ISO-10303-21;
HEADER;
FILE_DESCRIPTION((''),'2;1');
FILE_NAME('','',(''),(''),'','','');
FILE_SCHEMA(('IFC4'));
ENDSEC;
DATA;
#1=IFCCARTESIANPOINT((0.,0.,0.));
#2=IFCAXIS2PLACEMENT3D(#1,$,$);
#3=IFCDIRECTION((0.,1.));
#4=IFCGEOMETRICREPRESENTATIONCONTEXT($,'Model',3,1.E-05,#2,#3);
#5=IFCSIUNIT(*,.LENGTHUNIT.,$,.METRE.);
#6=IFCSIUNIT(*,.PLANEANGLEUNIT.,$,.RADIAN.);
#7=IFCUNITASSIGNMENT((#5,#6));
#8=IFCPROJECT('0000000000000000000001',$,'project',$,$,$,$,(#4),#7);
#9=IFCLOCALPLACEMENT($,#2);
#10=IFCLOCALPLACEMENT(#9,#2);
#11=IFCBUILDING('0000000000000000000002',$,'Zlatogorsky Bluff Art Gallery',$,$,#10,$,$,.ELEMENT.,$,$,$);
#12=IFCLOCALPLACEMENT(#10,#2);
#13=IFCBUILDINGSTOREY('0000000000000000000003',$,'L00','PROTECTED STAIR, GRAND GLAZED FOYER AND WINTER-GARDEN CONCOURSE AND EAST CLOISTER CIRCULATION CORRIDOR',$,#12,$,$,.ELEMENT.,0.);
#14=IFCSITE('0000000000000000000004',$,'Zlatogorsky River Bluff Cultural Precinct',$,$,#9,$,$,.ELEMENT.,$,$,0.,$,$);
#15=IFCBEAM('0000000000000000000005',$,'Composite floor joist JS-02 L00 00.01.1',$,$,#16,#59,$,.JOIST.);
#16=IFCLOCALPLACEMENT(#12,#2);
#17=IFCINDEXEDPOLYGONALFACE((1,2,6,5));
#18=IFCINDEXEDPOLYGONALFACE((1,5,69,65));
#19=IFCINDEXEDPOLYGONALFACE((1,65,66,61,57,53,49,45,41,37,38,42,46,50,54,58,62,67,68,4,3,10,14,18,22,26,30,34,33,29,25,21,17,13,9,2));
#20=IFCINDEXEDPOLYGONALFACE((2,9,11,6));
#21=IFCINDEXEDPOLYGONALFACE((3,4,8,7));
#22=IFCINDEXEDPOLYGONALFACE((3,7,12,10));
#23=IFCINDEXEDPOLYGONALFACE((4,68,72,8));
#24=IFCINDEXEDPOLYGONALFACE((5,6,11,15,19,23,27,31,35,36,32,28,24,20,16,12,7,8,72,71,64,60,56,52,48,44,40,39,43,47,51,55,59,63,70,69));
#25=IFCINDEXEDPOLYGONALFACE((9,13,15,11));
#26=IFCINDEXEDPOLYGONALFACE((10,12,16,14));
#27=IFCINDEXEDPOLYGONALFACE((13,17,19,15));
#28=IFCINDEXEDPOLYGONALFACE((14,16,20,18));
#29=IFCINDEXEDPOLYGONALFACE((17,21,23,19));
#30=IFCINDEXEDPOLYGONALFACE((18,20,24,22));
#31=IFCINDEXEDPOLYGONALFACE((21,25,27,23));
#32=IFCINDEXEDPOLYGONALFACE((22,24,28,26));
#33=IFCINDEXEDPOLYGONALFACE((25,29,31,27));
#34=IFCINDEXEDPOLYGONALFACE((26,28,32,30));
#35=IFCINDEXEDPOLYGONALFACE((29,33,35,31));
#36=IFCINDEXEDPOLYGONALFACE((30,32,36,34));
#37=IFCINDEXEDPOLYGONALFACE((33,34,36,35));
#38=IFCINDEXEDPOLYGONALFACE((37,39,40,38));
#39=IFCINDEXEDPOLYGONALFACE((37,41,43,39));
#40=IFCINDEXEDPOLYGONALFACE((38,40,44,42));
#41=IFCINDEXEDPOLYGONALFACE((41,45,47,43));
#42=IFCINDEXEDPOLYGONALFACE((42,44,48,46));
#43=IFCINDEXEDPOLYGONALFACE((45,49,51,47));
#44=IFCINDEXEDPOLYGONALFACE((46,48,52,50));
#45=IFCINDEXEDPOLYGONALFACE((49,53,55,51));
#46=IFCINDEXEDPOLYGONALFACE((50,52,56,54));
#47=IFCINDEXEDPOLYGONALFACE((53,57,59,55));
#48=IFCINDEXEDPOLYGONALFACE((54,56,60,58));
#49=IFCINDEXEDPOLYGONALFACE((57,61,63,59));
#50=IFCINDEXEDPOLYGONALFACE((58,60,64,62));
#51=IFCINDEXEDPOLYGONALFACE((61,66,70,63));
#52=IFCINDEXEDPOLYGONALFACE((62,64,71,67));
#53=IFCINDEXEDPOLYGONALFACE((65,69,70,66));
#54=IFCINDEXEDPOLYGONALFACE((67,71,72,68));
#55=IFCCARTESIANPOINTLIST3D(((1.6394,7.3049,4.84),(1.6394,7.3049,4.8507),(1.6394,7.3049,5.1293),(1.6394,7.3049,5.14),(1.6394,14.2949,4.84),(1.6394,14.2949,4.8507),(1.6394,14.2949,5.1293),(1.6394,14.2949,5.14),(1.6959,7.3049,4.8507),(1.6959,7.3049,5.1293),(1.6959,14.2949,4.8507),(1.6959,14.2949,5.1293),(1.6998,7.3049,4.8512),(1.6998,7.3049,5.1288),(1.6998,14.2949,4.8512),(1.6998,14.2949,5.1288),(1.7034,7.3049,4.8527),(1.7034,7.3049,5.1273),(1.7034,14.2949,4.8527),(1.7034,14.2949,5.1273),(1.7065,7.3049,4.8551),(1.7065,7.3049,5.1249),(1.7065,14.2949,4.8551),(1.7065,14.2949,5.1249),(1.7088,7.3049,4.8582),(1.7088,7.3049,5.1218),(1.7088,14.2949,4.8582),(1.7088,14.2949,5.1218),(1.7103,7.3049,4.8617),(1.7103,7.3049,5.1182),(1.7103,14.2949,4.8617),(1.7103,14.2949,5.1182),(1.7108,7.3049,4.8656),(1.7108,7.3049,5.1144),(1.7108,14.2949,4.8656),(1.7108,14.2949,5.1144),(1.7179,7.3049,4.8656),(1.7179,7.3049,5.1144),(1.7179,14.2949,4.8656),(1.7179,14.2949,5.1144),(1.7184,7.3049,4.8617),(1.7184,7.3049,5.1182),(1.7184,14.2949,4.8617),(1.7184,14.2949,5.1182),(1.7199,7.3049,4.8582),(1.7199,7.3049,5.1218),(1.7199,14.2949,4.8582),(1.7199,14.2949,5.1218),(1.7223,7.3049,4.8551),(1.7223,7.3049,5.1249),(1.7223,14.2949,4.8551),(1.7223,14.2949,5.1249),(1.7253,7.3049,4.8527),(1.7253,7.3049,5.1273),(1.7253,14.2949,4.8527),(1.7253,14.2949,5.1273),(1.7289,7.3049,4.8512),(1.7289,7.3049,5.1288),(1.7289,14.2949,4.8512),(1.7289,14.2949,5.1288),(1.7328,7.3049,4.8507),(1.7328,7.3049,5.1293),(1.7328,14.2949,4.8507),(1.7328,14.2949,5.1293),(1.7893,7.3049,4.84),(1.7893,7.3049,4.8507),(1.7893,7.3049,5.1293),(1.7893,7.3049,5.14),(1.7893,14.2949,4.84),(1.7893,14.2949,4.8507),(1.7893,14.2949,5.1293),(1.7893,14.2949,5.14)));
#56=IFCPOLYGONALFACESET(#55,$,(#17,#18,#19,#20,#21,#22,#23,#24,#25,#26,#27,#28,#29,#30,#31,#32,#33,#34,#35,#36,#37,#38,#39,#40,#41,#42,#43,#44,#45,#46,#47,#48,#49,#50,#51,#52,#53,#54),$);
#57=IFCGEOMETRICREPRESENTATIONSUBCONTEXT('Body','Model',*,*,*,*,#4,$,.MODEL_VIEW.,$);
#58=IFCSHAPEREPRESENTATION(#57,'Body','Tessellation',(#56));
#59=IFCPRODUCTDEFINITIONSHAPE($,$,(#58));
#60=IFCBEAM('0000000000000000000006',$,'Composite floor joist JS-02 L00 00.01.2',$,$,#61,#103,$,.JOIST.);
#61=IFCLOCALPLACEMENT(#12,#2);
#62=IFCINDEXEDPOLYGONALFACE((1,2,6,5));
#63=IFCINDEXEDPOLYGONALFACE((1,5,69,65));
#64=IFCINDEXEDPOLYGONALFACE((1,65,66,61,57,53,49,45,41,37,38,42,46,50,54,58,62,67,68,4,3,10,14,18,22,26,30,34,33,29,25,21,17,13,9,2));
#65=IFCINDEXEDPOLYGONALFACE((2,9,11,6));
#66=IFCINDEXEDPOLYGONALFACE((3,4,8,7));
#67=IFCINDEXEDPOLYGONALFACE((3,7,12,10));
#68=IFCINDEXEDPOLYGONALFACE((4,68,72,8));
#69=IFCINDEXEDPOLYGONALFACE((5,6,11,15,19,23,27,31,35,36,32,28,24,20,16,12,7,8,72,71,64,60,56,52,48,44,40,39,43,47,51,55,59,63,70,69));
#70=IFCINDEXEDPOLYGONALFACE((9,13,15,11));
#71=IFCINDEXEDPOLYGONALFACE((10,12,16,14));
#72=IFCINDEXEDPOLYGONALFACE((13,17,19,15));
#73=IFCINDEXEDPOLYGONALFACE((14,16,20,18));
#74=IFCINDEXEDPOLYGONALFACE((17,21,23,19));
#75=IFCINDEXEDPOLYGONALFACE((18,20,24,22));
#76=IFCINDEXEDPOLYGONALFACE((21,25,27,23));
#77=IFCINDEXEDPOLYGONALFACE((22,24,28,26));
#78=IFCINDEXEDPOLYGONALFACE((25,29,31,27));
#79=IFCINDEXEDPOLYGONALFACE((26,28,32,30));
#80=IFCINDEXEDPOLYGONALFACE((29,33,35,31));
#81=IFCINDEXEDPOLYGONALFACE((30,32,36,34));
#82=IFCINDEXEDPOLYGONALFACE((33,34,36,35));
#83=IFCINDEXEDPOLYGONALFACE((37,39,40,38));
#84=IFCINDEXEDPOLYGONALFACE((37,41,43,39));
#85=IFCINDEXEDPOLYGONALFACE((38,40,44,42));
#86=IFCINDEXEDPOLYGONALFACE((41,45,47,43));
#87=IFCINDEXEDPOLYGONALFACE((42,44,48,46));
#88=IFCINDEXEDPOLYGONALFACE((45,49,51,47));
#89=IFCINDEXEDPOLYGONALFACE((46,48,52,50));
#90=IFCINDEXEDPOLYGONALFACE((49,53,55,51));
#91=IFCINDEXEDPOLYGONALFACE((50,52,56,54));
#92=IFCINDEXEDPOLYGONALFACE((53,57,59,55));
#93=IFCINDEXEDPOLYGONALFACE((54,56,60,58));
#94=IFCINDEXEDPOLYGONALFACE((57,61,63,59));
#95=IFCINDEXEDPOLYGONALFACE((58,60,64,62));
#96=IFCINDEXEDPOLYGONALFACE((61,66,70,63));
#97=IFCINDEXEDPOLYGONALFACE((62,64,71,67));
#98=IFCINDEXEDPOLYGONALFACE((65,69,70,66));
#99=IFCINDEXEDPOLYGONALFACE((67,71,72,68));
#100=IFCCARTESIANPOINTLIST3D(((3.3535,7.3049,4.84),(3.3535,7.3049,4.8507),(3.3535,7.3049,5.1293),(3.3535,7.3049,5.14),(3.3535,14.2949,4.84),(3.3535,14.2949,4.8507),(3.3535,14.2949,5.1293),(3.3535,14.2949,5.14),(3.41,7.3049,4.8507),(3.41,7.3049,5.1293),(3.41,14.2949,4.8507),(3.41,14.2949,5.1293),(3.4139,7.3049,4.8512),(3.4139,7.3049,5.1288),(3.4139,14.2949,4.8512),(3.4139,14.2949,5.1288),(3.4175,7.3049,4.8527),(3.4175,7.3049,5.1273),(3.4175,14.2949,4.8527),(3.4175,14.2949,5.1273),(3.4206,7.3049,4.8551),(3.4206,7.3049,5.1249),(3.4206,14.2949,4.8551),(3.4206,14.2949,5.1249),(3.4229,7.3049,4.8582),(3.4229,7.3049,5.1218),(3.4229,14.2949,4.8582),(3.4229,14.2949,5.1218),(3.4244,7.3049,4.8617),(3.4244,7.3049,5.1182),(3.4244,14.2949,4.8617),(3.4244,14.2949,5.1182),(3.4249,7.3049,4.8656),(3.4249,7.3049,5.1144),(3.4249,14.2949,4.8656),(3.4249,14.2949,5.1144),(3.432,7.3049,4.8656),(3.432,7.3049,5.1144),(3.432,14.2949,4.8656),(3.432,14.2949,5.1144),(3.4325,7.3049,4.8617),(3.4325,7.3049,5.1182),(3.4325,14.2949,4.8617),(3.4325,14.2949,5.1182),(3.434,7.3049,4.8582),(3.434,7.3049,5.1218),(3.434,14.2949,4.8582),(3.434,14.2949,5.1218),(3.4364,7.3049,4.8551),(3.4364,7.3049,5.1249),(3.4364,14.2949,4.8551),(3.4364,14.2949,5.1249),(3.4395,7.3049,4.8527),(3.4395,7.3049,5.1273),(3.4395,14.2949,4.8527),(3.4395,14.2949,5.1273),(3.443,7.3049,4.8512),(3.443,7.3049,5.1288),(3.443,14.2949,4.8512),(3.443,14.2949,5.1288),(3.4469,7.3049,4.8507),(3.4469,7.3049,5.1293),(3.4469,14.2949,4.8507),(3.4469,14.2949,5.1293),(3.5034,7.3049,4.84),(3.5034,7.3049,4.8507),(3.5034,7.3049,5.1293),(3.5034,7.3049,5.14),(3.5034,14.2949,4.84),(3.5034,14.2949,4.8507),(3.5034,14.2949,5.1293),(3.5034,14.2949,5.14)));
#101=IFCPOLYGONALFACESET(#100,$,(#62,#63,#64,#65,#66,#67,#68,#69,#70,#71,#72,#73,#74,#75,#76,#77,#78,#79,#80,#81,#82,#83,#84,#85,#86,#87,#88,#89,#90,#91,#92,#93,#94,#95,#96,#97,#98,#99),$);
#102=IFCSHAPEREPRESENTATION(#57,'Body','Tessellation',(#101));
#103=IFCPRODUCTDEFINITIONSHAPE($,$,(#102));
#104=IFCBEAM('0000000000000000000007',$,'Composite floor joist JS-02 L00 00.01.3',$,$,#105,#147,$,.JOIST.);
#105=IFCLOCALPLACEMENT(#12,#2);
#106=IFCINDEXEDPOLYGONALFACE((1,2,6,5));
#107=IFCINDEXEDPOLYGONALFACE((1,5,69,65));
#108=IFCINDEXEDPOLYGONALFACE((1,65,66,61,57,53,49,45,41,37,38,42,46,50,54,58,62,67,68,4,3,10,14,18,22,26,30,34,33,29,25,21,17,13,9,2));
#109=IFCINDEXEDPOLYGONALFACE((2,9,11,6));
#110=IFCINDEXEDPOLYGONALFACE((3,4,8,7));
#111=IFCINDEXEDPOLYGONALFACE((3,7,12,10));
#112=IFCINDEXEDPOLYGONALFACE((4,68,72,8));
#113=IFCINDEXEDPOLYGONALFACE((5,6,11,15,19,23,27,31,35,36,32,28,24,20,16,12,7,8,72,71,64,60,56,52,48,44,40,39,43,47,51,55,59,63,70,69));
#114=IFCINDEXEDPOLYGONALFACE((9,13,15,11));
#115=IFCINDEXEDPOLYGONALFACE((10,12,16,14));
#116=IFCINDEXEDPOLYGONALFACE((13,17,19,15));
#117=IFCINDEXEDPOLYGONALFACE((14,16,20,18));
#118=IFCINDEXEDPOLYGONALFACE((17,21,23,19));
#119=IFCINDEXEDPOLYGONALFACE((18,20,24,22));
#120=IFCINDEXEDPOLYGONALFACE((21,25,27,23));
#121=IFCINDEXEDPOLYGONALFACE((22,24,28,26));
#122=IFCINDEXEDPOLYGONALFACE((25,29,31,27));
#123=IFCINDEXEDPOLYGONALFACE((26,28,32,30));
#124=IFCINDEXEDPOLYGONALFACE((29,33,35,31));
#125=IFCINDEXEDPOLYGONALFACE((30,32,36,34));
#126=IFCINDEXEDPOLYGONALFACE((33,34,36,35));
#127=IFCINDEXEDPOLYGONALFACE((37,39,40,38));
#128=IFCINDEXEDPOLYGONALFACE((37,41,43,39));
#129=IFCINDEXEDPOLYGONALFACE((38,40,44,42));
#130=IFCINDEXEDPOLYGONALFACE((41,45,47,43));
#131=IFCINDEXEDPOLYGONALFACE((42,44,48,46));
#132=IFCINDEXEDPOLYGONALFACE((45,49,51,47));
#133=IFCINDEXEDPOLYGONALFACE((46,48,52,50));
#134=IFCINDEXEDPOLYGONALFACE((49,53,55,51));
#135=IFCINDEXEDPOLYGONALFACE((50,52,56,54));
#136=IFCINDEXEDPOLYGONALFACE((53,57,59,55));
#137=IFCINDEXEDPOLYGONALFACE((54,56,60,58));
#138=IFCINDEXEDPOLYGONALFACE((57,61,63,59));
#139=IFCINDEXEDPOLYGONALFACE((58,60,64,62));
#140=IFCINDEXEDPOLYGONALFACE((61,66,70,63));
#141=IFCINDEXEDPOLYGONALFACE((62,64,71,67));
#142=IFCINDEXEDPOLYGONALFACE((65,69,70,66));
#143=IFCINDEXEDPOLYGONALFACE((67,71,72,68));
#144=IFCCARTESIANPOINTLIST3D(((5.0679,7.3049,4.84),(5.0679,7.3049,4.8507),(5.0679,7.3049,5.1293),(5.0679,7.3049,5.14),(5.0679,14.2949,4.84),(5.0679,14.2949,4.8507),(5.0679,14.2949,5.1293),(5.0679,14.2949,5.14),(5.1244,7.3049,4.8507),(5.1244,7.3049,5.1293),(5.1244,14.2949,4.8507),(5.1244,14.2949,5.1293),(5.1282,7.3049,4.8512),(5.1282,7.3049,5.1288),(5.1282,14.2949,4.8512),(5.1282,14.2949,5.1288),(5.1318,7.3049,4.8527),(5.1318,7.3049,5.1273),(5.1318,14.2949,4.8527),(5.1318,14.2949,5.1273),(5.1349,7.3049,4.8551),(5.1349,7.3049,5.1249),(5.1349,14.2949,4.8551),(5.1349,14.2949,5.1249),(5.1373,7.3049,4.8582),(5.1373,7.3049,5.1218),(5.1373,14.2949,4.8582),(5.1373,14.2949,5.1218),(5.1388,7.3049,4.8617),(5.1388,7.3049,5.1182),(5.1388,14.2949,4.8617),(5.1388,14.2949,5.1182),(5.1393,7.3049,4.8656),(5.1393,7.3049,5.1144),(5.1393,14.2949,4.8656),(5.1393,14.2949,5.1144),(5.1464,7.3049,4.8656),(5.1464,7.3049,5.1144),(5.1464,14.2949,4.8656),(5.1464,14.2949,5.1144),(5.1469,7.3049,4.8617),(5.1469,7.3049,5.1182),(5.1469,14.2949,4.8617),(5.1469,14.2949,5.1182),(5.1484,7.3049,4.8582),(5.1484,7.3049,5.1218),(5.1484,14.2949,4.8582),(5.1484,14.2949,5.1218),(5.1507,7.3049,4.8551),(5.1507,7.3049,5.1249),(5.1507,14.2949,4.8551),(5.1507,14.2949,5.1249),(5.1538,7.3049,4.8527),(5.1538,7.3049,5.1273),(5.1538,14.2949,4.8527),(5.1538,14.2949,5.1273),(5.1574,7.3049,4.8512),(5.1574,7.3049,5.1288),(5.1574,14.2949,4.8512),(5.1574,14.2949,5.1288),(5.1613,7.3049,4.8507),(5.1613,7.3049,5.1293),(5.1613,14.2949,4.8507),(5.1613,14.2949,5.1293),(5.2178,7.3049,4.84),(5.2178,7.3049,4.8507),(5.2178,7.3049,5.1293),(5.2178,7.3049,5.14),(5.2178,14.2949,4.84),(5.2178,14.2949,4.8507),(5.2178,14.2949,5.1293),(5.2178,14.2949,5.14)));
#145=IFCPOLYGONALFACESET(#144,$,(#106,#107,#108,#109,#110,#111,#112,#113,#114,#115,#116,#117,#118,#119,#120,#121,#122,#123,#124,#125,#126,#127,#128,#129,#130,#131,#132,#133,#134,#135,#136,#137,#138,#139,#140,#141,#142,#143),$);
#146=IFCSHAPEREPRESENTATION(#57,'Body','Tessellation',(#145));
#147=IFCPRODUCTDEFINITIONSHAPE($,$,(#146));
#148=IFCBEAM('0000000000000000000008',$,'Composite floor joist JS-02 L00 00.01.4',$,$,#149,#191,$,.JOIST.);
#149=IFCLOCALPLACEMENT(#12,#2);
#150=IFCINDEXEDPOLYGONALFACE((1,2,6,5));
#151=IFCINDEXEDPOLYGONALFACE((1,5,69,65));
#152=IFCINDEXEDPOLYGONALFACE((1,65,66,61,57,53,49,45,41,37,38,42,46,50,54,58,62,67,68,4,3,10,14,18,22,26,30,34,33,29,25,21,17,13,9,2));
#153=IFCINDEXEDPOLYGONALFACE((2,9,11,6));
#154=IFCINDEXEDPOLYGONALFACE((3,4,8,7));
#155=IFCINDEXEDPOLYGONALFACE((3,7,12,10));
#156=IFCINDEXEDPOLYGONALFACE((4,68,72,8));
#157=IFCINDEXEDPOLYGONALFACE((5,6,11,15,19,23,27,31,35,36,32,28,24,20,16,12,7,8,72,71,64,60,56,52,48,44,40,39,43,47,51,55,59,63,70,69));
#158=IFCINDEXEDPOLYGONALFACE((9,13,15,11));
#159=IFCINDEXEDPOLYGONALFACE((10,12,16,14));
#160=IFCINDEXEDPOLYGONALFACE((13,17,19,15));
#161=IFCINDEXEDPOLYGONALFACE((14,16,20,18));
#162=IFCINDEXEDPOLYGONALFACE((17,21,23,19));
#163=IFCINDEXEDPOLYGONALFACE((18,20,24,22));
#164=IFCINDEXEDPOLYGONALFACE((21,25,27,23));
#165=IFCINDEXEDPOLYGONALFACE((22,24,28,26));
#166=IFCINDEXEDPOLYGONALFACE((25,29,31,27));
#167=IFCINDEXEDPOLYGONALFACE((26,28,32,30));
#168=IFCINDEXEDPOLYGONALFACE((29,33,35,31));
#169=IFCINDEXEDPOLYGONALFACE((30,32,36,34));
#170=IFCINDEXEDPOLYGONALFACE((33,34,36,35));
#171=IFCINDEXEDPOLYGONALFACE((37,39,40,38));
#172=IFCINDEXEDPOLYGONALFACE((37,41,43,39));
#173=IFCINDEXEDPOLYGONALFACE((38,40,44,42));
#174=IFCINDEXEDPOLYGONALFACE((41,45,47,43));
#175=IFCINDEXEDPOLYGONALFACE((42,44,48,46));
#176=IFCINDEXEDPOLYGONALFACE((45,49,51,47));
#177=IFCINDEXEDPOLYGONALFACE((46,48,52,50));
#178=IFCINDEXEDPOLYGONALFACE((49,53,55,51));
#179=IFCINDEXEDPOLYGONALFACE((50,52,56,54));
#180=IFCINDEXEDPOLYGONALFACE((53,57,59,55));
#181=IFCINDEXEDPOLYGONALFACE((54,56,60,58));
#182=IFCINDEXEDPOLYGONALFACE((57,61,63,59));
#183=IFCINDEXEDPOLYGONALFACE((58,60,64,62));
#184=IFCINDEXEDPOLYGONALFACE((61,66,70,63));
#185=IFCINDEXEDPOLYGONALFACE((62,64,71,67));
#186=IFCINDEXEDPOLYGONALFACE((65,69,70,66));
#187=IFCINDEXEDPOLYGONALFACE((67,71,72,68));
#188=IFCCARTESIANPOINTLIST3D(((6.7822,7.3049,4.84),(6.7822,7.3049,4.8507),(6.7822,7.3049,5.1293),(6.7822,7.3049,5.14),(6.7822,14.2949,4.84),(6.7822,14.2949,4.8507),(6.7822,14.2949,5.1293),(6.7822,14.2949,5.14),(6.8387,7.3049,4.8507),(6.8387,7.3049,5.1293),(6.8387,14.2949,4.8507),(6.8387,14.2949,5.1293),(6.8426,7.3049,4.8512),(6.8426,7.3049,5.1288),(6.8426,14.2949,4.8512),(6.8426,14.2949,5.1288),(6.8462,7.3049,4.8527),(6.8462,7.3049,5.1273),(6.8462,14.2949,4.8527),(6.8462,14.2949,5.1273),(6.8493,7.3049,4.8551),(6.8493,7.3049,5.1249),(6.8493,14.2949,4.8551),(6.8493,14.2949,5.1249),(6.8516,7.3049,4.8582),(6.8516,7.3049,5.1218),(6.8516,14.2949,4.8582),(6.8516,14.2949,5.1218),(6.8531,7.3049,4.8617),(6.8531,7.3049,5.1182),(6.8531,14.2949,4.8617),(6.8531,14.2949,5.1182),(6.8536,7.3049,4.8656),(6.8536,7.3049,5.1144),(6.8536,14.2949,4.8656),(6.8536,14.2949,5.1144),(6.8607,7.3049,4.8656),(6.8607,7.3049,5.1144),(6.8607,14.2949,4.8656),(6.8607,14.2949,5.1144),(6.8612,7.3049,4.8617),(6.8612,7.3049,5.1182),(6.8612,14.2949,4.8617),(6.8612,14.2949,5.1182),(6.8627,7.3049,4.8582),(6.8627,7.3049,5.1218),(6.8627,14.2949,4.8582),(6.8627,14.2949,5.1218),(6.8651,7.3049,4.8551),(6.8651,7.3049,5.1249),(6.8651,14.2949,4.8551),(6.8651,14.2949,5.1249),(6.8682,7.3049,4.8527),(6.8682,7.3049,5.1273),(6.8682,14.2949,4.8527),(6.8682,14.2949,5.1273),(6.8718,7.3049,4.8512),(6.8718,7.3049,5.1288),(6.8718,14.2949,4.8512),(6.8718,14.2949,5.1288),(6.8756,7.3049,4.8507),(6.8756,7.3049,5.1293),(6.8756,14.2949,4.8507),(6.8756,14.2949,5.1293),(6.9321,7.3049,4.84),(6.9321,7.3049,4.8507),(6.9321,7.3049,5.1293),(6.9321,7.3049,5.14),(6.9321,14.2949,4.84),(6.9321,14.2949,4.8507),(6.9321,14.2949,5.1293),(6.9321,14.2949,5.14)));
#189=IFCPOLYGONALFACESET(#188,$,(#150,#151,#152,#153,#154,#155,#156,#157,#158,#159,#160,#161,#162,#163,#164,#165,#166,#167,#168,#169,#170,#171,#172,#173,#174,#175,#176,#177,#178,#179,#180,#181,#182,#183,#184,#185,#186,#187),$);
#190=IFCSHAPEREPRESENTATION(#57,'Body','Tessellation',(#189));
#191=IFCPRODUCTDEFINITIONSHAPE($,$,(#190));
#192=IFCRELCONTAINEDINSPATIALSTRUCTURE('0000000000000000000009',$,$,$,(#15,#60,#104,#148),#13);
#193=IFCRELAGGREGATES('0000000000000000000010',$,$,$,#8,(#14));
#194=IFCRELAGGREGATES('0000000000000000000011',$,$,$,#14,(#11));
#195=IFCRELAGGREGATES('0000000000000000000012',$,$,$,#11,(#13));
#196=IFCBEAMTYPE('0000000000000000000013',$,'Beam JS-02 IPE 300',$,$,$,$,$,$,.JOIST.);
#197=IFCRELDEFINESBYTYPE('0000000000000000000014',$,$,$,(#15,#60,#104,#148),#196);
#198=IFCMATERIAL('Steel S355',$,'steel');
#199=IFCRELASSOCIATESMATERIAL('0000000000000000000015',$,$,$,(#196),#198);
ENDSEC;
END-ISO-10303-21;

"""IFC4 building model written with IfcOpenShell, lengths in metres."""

from ifc_helpers import new_model, si_unit, direction, frame, origin, origin_2d, place, context, subcontext, project, spatial, i_section, extrude, material, material_profile, profile_set, type_object, element, save


model = new_model("IFC4")

# Units and contexts
model_context = context("Model", 3, precision=1e-05, world=origin(), true_north=direction((0.0, 1.0)))
body_context = subcontext(model_context, "Body", "Model", "MODEL_VIEW")
ifc_project = project(units=[si_unit("LENGTHUNIT", "METRE"), si_unit("PLANEANGLEUNIT", "RADIAN")], contexts=[model_context])

# Site, building, storey
site_placement = place(None, origin())
site = spatial("IfcSite", under=ifc_project, at=site_placement, Name="Zlatogorsky River Bluff Cultural Precinct", CompositionType="ELEMENT", RefElevation=0.0)
building_placement = place(site_placement, origin())
building = spatial("IfcBuilding", under=site, at=building_placement, Name="Zlatogorsky Bluff Art Gallery", CompositionType="ELEMENT")
storey_placement = place(building_placement, origin())
storey = spatial("IfcBuildingStorey", under=building, at=storey_placement, Name="L00", Description="PROTECTED STAIR, GRAND GLAZED FOYER AND WINTER-GARDEN CONCOURSE AND EAST CLOISTER CIRCULATION CORRIDOR", CompositionType="ELEMENT", Elevation=0.0)

# Beams
ifc_material_1 = material(Name="Steel S355", Category="steel")
ifc_material_profile_1 = material_profile(ifc_material_1, i_section(OverallWidth=0.1499, OverallDepth=0.3, WebThickness=0.0071, FlangeThickness=0.0107, FilletRadius=0.0149, at=origin_2d()), Name="IPE 300")
ifc_profile_set_1 = profile_set([ifc_material_profile_1], Name="Steel S355")
beam_type_1 = type_object("IfcBeamType", Name="Beam JS-02 IPE 300", PredefinedType="JOIST", material=ifc_profile_set_1)
for number, where, z_axis, x_axis, name in (
    (1, (1.7144, 7.3049, 4.99), (0.0, 1.0, 0.0), (-1.0, 0.0, 0.0), "Composite floor joist JS-02 L00 00.01.1"),
    (2, (3.4285, 7.3049, 4.99), (0.0, 1.0, 0.0), (-1.0, 0.0, 0.0), "Composite floor joist JS-02 L00 00.01.2"),
    (3, (5.1428, 7.3049, 4.99), (0.0, 1.0, 0.0), (-1.0, 0.0, 0.0), "Composite floor joist JS-02 L00 00.01.3"),
    (4, (6.8572, 7.3049, 4.99), (0.0, 1.0, 0.0), (-1.0, 0.0, 0.0), "Composite floor joist JS-02 L00 00.01.4"),
):
    element("IfcBeam", number, at=place(storey_placement, frame(where, z_axis=z_axis, x_axis=x_axis)), inside=storey, type_object=beam_type_1, Name=name, PredefinedType="JOIST", context=body_context, shape_type="SweptSolid", body=[
        extrude(i_section(OverallWidth=0.1499, OverallDepth=0.3, WebThickness=0.0071, FlangeThickness=0.0107, FilletRadius=0.0149, at=origin_2d()), origin(), (0.0, 0.0, 1.0), 6.99),
    ])

save(model, "model.ifc")
